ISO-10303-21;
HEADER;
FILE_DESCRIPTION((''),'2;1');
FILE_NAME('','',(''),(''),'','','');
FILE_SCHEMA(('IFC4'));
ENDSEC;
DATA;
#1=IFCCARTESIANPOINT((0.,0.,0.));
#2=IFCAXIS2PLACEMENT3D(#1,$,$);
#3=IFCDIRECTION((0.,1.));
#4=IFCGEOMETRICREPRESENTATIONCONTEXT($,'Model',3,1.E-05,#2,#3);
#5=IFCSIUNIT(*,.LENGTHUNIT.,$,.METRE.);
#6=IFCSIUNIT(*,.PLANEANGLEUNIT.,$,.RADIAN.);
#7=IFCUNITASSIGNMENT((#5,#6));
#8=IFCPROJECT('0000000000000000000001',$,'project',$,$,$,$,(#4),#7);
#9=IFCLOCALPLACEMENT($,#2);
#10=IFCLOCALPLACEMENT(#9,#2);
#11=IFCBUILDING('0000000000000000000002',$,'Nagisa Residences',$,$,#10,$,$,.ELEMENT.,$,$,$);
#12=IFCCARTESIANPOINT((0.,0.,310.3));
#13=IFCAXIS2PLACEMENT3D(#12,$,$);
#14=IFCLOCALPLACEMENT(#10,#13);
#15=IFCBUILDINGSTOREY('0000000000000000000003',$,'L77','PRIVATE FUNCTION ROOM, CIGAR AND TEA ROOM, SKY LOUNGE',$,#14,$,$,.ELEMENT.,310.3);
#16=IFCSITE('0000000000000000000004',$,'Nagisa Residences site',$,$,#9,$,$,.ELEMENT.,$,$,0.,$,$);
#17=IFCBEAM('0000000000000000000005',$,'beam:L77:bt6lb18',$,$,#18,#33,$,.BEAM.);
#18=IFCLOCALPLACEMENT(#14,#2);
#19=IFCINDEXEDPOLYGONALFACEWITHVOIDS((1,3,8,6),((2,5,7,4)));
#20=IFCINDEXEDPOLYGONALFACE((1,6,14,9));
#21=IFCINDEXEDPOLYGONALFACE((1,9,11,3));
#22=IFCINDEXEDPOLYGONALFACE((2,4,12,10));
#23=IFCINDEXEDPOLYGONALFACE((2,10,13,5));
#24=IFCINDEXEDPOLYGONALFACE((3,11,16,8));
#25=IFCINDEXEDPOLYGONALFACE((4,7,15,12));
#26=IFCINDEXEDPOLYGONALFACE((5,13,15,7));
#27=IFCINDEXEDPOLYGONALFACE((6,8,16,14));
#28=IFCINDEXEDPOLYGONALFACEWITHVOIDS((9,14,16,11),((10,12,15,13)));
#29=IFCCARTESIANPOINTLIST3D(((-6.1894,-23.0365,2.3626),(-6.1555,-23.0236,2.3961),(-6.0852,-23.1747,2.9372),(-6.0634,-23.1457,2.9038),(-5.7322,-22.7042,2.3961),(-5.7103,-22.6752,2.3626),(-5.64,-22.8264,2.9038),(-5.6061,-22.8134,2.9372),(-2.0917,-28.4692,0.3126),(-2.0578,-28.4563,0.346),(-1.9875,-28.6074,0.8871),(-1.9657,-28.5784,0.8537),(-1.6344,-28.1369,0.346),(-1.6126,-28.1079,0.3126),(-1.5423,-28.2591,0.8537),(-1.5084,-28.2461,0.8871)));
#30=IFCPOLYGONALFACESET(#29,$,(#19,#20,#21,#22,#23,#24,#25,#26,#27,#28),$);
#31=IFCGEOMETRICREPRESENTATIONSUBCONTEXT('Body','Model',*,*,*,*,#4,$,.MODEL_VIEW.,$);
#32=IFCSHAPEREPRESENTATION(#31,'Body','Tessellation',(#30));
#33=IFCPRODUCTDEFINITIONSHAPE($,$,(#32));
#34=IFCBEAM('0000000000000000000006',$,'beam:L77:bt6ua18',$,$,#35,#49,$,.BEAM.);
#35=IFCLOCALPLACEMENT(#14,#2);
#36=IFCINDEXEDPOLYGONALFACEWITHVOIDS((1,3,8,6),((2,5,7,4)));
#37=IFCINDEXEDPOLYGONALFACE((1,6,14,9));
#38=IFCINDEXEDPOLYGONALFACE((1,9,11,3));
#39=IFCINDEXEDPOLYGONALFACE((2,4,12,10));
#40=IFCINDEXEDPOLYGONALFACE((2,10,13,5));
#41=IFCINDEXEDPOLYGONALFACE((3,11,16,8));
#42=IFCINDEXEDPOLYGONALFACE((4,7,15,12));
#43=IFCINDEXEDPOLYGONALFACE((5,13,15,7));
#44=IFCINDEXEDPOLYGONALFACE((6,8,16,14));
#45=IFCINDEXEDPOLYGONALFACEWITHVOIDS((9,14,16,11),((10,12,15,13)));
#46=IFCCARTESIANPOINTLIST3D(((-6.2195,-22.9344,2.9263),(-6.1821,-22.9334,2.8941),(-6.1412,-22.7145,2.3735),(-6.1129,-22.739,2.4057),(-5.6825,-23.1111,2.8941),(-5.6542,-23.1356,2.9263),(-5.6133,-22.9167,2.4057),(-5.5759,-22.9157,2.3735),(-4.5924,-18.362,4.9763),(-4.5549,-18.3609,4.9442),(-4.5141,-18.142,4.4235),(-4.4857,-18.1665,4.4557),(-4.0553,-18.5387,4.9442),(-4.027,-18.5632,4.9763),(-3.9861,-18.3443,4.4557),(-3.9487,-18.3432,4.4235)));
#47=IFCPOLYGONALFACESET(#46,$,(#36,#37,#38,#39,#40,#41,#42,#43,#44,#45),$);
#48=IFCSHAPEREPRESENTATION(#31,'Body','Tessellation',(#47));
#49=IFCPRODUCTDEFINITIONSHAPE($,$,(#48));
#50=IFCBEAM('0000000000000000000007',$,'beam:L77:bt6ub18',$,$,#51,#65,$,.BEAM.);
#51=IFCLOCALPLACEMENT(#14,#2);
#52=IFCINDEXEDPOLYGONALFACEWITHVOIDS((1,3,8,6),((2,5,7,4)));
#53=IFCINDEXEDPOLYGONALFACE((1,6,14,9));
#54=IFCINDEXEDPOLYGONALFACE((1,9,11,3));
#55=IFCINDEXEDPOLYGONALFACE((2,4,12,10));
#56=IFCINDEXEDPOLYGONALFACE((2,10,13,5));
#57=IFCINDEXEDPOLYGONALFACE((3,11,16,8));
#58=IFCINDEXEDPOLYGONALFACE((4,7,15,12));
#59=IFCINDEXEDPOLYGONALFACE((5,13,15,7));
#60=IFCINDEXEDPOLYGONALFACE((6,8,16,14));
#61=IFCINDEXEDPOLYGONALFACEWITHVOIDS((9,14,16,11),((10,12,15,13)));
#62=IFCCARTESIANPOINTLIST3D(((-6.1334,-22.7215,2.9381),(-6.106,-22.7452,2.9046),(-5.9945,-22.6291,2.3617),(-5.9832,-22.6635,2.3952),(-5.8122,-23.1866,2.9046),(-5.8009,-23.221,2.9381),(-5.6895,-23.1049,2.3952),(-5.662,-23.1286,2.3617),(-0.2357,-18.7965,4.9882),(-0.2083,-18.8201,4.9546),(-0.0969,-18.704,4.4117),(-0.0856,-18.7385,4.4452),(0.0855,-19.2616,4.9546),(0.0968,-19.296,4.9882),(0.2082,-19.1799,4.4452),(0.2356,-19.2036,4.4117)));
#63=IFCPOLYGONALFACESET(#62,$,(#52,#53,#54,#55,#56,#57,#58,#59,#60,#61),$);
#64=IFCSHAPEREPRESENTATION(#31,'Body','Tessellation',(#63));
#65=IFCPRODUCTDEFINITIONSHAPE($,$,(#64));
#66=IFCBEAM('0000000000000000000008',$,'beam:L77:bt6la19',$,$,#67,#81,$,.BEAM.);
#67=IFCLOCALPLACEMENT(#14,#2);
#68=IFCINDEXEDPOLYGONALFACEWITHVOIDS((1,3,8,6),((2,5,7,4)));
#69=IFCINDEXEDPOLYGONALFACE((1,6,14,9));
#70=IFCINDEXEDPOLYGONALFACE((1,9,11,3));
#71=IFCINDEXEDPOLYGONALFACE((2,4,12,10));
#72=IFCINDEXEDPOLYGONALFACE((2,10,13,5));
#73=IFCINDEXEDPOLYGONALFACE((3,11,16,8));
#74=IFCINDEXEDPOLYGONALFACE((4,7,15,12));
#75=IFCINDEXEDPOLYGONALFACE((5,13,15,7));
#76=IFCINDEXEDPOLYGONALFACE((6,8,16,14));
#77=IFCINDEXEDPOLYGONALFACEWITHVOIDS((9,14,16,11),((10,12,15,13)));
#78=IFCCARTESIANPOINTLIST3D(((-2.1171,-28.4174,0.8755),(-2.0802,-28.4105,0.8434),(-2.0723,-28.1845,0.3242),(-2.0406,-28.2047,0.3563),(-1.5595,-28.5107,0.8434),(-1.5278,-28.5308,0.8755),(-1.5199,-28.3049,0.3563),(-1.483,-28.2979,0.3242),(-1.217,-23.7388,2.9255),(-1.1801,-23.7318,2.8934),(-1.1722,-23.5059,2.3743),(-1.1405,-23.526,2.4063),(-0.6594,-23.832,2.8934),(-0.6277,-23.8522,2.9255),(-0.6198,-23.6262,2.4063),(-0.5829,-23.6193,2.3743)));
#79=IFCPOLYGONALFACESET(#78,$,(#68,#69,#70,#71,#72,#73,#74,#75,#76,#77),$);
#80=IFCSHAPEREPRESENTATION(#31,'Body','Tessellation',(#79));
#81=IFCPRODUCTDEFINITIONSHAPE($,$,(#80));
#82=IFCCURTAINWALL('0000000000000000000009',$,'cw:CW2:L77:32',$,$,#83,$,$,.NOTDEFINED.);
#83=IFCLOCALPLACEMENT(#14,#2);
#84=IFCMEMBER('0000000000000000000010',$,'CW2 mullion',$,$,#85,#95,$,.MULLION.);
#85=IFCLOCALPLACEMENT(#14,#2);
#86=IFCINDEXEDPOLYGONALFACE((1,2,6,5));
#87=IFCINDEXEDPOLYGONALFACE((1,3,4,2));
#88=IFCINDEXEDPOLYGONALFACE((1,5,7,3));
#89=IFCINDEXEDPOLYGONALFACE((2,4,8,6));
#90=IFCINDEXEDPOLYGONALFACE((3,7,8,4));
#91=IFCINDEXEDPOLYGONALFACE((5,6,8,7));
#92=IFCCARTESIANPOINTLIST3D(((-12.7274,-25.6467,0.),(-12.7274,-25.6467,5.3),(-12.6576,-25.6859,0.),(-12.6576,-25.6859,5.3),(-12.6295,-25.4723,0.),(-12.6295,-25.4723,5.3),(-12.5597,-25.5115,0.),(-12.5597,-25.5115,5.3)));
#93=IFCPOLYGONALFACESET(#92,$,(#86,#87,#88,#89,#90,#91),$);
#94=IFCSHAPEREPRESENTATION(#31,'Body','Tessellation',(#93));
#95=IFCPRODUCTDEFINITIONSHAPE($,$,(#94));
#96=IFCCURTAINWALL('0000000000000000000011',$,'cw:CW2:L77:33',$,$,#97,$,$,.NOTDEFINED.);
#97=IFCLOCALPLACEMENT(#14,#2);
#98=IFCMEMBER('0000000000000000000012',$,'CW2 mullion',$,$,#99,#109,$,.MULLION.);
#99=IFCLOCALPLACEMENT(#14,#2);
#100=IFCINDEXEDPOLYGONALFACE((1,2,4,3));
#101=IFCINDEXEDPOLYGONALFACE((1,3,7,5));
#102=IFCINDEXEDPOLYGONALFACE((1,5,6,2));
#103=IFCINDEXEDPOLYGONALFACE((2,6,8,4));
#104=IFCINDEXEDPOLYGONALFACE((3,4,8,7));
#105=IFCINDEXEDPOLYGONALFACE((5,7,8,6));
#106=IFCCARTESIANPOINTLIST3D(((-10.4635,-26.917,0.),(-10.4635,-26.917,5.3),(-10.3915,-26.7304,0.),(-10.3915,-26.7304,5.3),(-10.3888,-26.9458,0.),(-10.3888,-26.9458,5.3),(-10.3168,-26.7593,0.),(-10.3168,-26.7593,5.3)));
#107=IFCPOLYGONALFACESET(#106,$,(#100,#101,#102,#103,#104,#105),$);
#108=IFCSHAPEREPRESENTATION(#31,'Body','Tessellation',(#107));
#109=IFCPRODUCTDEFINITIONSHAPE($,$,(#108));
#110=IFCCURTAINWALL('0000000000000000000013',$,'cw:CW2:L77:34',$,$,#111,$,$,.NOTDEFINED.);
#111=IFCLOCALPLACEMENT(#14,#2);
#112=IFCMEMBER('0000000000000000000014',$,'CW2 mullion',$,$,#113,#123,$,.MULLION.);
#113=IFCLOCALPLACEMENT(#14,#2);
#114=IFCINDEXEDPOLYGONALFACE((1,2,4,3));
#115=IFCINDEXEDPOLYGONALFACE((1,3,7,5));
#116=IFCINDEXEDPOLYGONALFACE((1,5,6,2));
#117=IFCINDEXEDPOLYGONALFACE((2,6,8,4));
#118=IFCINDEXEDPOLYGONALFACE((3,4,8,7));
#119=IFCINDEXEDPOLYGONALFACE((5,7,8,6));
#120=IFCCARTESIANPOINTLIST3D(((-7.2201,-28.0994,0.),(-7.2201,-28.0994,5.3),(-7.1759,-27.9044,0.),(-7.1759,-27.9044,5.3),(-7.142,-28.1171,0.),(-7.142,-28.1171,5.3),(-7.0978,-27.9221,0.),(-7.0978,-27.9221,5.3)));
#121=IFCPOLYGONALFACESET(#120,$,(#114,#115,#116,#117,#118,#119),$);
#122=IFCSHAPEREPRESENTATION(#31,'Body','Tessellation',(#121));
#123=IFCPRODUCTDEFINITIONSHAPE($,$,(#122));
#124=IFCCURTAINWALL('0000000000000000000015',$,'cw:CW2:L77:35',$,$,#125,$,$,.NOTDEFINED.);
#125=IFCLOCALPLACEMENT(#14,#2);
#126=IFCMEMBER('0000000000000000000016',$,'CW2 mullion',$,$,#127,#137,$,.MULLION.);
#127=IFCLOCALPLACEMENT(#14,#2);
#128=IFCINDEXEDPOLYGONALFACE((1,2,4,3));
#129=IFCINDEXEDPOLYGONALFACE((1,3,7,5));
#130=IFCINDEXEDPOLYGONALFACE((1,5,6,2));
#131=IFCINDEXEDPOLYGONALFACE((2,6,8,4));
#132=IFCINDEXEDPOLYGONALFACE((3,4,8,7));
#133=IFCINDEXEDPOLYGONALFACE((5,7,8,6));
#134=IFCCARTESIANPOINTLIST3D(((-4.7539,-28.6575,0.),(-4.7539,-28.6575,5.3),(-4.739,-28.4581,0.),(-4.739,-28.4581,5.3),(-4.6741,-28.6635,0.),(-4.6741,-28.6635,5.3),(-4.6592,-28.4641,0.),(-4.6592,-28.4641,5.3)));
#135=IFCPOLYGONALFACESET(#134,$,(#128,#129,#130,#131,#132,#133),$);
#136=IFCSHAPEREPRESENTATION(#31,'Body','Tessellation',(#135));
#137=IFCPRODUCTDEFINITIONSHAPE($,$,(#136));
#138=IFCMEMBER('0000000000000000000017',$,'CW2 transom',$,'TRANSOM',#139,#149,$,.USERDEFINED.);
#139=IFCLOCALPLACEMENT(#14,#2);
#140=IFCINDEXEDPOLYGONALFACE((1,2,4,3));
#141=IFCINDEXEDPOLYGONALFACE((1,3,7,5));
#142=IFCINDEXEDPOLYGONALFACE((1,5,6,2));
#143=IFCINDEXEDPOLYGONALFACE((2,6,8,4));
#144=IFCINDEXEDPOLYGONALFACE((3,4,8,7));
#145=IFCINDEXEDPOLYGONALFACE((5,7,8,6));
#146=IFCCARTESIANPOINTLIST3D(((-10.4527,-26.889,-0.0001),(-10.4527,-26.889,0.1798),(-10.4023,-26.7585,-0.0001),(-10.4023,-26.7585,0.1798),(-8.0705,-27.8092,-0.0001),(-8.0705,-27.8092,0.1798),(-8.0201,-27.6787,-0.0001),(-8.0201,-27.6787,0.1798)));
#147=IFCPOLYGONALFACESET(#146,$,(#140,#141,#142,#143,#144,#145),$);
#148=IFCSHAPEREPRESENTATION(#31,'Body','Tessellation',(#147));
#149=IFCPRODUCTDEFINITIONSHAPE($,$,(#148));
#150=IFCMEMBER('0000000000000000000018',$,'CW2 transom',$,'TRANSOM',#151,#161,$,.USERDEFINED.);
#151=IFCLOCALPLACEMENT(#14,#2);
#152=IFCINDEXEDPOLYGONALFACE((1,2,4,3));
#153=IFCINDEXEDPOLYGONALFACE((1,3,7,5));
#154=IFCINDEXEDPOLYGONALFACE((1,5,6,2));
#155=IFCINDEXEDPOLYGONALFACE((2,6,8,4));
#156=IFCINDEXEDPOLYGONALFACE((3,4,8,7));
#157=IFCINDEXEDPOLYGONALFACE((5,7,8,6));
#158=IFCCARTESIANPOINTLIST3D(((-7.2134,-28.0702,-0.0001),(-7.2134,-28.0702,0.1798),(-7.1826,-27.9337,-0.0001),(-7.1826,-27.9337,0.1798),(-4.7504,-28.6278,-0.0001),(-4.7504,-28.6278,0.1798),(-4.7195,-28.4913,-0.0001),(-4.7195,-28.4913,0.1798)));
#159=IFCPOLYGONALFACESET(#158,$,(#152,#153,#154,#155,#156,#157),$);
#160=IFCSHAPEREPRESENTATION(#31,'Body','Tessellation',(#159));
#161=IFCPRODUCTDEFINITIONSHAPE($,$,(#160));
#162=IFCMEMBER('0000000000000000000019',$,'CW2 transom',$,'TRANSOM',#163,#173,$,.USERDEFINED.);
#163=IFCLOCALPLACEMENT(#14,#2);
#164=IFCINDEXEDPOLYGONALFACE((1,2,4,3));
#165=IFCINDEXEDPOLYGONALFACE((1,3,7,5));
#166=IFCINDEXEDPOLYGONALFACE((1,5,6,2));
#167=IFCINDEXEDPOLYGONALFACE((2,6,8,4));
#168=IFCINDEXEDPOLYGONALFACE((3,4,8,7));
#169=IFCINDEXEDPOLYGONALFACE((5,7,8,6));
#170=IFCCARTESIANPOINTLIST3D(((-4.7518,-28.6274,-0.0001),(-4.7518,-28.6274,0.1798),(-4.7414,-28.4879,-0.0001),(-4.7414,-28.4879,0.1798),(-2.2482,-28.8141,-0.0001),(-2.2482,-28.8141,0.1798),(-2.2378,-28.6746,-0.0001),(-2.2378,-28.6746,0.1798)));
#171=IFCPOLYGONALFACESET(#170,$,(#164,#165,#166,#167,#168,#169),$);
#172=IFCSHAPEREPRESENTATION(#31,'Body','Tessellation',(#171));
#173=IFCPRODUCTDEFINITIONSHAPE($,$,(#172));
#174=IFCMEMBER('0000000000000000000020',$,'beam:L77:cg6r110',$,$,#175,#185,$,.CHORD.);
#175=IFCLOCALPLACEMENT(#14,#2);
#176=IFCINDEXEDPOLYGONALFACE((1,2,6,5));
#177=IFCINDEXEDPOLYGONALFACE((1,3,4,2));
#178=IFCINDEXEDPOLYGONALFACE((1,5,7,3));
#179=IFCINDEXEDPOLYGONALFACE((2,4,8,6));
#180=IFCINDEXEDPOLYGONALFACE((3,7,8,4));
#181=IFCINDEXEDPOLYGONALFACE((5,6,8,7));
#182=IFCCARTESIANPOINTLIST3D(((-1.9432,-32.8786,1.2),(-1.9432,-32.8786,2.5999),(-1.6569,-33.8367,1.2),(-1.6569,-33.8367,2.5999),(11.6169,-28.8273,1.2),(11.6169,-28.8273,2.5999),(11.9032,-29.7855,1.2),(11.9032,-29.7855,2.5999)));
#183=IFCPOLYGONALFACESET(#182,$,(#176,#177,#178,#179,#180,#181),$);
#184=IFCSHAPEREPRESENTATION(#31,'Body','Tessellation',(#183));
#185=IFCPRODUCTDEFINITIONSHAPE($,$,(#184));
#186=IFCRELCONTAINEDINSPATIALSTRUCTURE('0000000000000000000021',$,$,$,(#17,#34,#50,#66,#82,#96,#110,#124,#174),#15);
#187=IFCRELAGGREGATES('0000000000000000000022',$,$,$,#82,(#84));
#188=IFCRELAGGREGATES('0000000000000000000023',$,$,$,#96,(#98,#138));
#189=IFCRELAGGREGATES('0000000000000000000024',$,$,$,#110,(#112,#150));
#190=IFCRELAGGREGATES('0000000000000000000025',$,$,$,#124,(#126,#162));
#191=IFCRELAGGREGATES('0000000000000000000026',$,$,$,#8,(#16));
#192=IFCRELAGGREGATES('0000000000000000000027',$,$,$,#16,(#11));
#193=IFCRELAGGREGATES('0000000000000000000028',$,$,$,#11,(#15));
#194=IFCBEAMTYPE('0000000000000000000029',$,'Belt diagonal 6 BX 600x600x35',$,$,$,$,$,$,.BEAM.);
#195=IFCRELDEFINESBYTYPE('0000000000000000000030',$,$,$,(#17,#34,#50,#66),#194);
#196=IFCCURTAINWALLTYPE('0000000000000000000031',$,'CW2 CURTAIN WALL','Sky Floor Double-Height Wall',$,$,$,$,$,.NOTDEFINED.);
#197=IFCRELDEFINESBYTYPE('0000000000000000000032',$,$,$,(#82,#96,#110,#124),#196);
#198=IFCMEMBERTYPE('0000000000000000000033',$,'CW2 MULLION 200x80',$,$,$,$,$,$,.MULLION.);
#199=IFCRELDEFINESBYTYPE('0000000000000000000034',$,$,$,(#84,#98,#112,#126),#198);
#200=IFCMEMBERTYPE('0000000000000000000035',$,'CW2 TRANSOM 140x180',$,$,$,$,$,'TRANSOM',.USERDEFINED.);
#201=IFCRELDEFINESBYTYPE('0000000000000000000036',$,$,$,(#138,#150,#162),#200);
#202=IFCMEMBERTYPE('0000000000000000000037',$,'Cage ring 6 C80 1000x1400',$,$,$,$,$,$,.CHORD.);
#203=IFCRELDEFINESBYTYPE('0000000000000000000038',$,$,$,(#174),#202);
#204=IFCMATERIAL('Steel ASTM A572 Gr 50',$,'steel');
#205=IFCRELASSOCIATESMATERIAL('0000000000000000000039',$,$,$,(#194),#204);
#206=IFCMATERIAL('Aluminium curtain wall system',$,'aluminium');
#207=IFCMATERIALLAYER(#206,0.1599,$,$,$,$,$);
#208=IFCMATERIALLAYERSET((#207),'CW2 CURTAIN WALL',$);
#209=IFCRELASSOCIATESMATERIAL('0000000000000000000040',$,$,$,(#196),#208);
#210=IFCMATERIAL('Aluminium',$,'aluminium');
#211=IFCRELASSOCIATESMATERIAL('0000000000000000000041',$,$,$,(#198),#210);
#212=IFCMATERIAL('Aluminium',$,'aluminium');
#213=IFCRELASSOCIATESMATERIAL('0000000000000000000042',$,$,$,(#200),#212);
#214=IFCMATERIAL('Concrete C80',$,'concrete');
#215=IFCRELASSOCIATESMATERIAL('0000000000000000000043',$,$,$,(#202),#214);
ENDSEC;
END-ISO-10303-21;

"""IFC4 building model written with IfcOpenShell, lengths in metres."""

from ifc_helpers import new_model, si_unit, direction, frame, origin, origin_2d, place, context, subcontext, project, spatial, rectangle, hollow_rectangle, extrude, material, layer, layer_set, material_profile, profile_set, type_object, element, aggregate, save


model = new_model("IFC4")

# Units and contexts
model_context = context("Model", 3, precision=1e-05, world=origin(), true_north=direction((0.0, 1.0)))
body_context = subcontext(model_context, "Body", "Model", "MODEL_VIEW")
ifc_project = project(units=[si_unit("LENGTHUNIT", "METRE"), si_unit("PLANEANGLEUNIT", "RADIAN")], contexts=[model_context])

# Site, building, storey
site_placement = place(None, origin())
site = spatial("IfcSite", under=ifc_project, at=site_placement, Name="Nagisa Residences site", CompositionType="ELEMENT", RefElevation=0.0)
building_placement = place(site_placement, origin())
building = spatial("IfcBuilding", under=site, at=building_placement, Name="Nagisa Residences", CompositionType="ELEMENT")
storey_placement = place(building_placement, frame((0.0, 0.0, 310.3)))
storey = spatial("IfcBuildingStorey", under=building, at=storey_placement, Name="L77", Description="PRIVATE FUNCTION ROOM, CIGAR AND TEA ROOM, SKY LOUNGE", CompositionType="ELEMENT", Elevation=310.3)

# Beams
ifc_material_1 = material(Name="Steel ASTM A572 Gr 50", Category="steel")
ifc_material_profile_1 = material_profile(ifc_material_1, hollow_rectangle(XDim=0.6001, YDim=0.6001, WallThickness=0.0349, at=origin_2d()), Name="BX 600x600x35")
ifc_profile_set_1 = profile_set([ifc_material_profile_1], Name="Steel ASTM A572 Gr 50")
beam_type_1 = type_object("IfcBeamType", Name="Belt diagonal 6 BX 600x600x35", PredefinedType="BEAM", material=ifc_profile_set_1)
beam_1_placement = place(storey_placement, frame((-1.8, -28.3577, 0.5999), z_axis=(-0.576581, 0.764424, 0.288462), x_axis=(-0.798361, -0.602179, 0.0)))
element("IfcBeam", 1, at=beam_1_placement, inside=storey, type_object=beam_type_1, Name="beam:L77:bt6lb18", PredefinedType="BEAM", context=body_context, shape_type="SweptSolid", body=[
    extrude(hollow_rectangle(XDim=0.6001, YDim=0.6001, WallThickness=0.0349, at=origin_2d()), origin(), (0.0, 0.0, 1.0), 7.1069),
])
beam_2_placement = place(storey_placement, frame((-5.8977, -22.925, 2.6499), z_axis=(0.308847, 0.867877, 0.389106), x_axis=(-0.942123, 0.335269, 0.0)))
element("IfcBeam", 2, at=beam_2_placement, inside=storey, type_object=beam_type_1, Name="beam:L77:bt6ua18", PredefinedType="BEAM", context=body_context, shape_type="SweptSolid", body=[
    extrude(hollow_rectangle(XDim=0.6001, YDim=0.6001, WallThickness=0.0349, at=origin_2d()), origin(), (0.0, 0.0, 1.0), 5.2686),
])
beam_3_placement = place(storey_placement, frame((-5.8977, -22.925, 2.6499), z_axis=(0.799681, 0.532205, 0.27797), x_axis=(-0.55404, 0.83249, 0.0)))
element("IfcBeam", 3, at=beam_3_placement, inside=storey, type_object=beam_type_1, Name="beam:L77:bt6ub18", PredefinedType="BEAM", context=body_context, shape_type="SweptSolid", body=[
    extrude(hollow_rectangle(XDim=0.6001, YDim=0.6001, WallThickness=0.0349, at=origin_2d()), origin(), (0.0, 0.0, 1.0), 7.375),
])
beam_4_placement = place(storey_placement, frame((-1.8, -28.3577, 0.5999), z_axis=(0.173544, 0.902035, 0.39524), x_axis=(-0.981991, 0.188927, 0.0)))
element("IfcBeam", 4, at=beam_4_placement, inside=storey, type_object=beam_type_1, Name="beam:L77:bt6la19", PredefinedType="BEAM", context=body_context, shape_type="SweptSolid", body=[
    extrude(hollow_rectangle(XDim=0.6001, YDim=0.6001, WallThickness=0.0349, at=origin_2d()), origin(), (0.0, 0.0, 1.0), 5.1868),
])

# Curtain walls, members
ifc_material_2 = material(Name="Aluminium curtain wall system", Category="aluminium")
ifc_layer_1 = layer(ifc_material_2, 0.1599)
ifc_layer_set_1 = layer_set([ifc_layer_1], Name="CW2 CURTAIN WALL")
curtain_wall_type = type_object("IfcCurtainWallType", Name="CW2 CURTAIN WALL", Description="Sky Floor Double-Height Wall", PredefinedType="NOTDEFINED", material=ifc_layer_set_1)
curtain_wall_1_placement = place(storey_placement, origin())
curtain_wall_1 = element("IfcCurtainWall", 5, at=curtain_wall_1_placement, inside=storey, type_object=curtain_wall_type, Name="cw:CW2:L77:32", PredefinedType="NOTDEFINED")
ifc_material_3 = material(Name="Aluminium", Category="aluminium")
ifc_material_profile_2 = material_profile(ifc_material_3, rectangle(XDim=0.2, YDim=0.0801, at=origin_2d()), Name="CW2 MULLION 200x80")
ifc_profile_set_2 = profile_set([ifc_material_profile_2], Name="Aluminium")
member_type_1 = type_object("IfcMemberType", Name="CW2 MULLION 200x80", PredefinedType="MULLION", material=ifc_profile_set_2)
member_1_placement = place(storey_placement, frame((-12.6436, -25.5791, 0.0), z_axis=(0.0, 0.0, 1.0), x_axis=(0.489377, 0.872072, 0.0)))
member_1 = element("IfcMember", 6, at=member_1_placement, type_object=member_type_1, Name="CW2 mullion", PredefinedType="MULLION", context=body_context, shape_type="SweptSolid", body=[
    extrude(rectangle(XDim=0.2, YDim=0.0801, at=origin_2d()), origin(), (0.0, 0.0, 1.0), 5.3),
])
curtain_wall_2_placement = place(storey_placement, origin())
curtain_wall_2 = element("IfcCurtainWall", 7, at=curtain_wall_2_placement, inside=storey, type_object=curtain_wall_type, Name="cw:CW2:L77:33", PredefinedType="NOTDEFINED")
member_2_placement = place(storey_placement, frame((-10.3901, -26.8381, 0.0), z_axis=(0.0, 0.0, 1.0), x_axis=(0.360328, 0.932826, 0.0)))
member_2 = element("IfcMember", 8, at=member_2_placement, type_object=member_type_1, Name="CW2 mullion", PredefinedType="MULLION", context=body_context, shape_type="SweptSolid", body=[
    extrude(rectangle(XDim=0.2, YDim=0.0801, at=origin_2d()), origin(), (0.0, 0.0, 1.0), 5.3),
])
curtain_wall_3_placement = place(storey_placement, origin())
curtain_wall_3 = element("IfcCurtainWall", 9, at=curtain_wall_3_placement, inside=storey, type_object=curtain_wall_type, Name="cw:CW2:L77:34", PredefinedType="NOTDEFINED")
member_3_placement = place(storey_placement, frame((-7.1589, -28.0107, 0.0), z_axis=(0.0, 0.0, 1.0), x_axis=(0.220764, 0.975327, 0.0)))
member_3 = element("IfcMember", 10, at=member_3_placement, type_object=member_type_1, Name="CW2 mullion", PredefinedType="MULLION", context=body_context, shape_type="SweptSolid", body=[
    extrude(rectangle(XDim=0.2, YDim=0.0801, at=origin_2d()), origin(), (0.0, 0.0, 1.0), 5.3),
])
curtain_wall_4_placement = place(storey_placement, origin())
curtain_wall_4 = element("IfcCurtainWall", 11, at=curtain_wall_4_placement, inside=storey, type_object=curtain_wall_type, Name="cw:CW2:L77:35", PredefinedType="NOTDEFINED")
member_4_placement = place(storey_placement, frame((-4.7065, -28.5608, 0.0), z_axis=(0.0, 0.0, 1.0), x_axis=(0.074377, 0.99723, 0.0)))
member_4 = element("IfcMember", 12, at=member_4_placement, type_object=member_type_1, Name="CW2 mullion", PredefinedType="MULLION", context=body_context, shape_type="SweptSolid", body=[
    extrude(rectangle(XDim=0.2, YDim=0.0801, at=origin_2d()), origin(), (0.0, 0.0, 1.0), 5.3),
])

# Members
ifc_material_4 = material(Name="Aluminium", Category="aluminium")
ifc_material_profile_3 = material_profile(ifc_material_4, rectangle(XDim=0.1399, YDim=0.1799, at=origin_2d()), Name="CW2 TRANSOM 140x180")
ifc_profile_set_3 = profile_set([ifc_material_profile_3], Name="Aluminium")
member_type_2 = type_object("IfcMemberType", Name="CW2 TRANSOM 140x180", ElementType="TRANSOM", PredefinedType="USERDEFINED", material=ifc_profile_set_3)
member_5_placement = place(storey_placement, frame((-10.4275, -26.8237, 0.0898), z_axis=(0.932822, -0.360337, 0.0), x_axis=(0.360337, 0.932822, 0.0)))
member_5 = element("IfcMember", 13, at=member_5_placement, type_object=member_type_2, Name="CW2 transom", ObjectType="TRANSOM", PredefinedType="USERDEFINED", context=body_context, shape_type="SweptSolid", body=[
    extrude(rectangle(XDim=0.1399, YDim=0.1799, at=origin_2d()), origin(), (0.0, 0.0, 1.0), 2.5537),
])
member_6_placement = place(storey_placement, frame((-7.198, -28.002, 0.0898), z_axis=(0.97532, -0.220798, 0.0), x_axis=(0.220798, 0.97532, 0.0)))
member_6 = element("IfcMember", 14, at=member_6_placement, type_object=member_type_2, Name="CW2 transom", ObjectType="TRANSOM", PredefinedType="USERDEFINED", context=body_context, shape_type="SweptSolid", body=[
    extrude(rectangle(XDim=0.1399, YDim=0.1799, at=origin_2d()), origin(), (0.0, 0.0, 1.0), 2.5254),
])
member_7_placement = place(storey_placement, frame((-4.7466, -28.5576, 0.0898), z_axis=(0.997229, -0.074391, 0.0), x_axis=(0.074391, 0.997229, 0.0)))
member_7 = element("IfcMember", 15, at=member_7_placement, type_object=member_type_2, Name="CW2 transom", ObjectType="TRANSOM", PredefinedType="USERDEFINED", context=body_context, shape_type="SweptSolid", body=[
    extrude(rectangle(XDim=0.1399, YDim=0.1799, at=origin_2d()), origin(), (0.0, 0.0, 1.0), 2.5105),
])

# Member
ifc_material_5 = material(Name="Concrete C80", Category="concrete")
ifc_material_profile_4 = material_profile(ifc_material_5, rectangle(XDim=1.0, YDim=1.3999, at=origin_2d()), Name="C80 1000x1400")
ifc_profile_set_4 = profile_set([ifc_material_profile_4], Name="Concrete C80")
member_type_3 = type_object("IfcMemberType", Name="Cage ring 6 C80 1000x1400", PredefinedType="CHORD", material=ifc_profile_set_4)
member_8_placement = place(storey_placement, frame((-1.8, -33.3577, 1.8999), z_axis=(0.958151, 0.286262, 0.0), x_axis=(-0.286262, 0.958151, 0.0)))
element("IfcMember", 16, at=member_8_placement, inside=storey, type_object=member_type_3, Name="beam:L77:cg6r110", PredefinedType="CHORD", context=body_context, shape_type="SweptSolid", body=[
    extrude(rectangle(XDim=1.0, YDim=1.3999, at=origin_2d()), origin(), (0.0, 0.0, 1.0), 14.1523),
])

aggregate(curtain_wall_1, [member_1])
aggregate(curtain_wall_2, [member_2, member_5])
aggregate(curtain_wall_3, [member_3, member_6])
aggregate(curtain_wall_4, [member_4, member_7])

save(model, "model.ifc")
